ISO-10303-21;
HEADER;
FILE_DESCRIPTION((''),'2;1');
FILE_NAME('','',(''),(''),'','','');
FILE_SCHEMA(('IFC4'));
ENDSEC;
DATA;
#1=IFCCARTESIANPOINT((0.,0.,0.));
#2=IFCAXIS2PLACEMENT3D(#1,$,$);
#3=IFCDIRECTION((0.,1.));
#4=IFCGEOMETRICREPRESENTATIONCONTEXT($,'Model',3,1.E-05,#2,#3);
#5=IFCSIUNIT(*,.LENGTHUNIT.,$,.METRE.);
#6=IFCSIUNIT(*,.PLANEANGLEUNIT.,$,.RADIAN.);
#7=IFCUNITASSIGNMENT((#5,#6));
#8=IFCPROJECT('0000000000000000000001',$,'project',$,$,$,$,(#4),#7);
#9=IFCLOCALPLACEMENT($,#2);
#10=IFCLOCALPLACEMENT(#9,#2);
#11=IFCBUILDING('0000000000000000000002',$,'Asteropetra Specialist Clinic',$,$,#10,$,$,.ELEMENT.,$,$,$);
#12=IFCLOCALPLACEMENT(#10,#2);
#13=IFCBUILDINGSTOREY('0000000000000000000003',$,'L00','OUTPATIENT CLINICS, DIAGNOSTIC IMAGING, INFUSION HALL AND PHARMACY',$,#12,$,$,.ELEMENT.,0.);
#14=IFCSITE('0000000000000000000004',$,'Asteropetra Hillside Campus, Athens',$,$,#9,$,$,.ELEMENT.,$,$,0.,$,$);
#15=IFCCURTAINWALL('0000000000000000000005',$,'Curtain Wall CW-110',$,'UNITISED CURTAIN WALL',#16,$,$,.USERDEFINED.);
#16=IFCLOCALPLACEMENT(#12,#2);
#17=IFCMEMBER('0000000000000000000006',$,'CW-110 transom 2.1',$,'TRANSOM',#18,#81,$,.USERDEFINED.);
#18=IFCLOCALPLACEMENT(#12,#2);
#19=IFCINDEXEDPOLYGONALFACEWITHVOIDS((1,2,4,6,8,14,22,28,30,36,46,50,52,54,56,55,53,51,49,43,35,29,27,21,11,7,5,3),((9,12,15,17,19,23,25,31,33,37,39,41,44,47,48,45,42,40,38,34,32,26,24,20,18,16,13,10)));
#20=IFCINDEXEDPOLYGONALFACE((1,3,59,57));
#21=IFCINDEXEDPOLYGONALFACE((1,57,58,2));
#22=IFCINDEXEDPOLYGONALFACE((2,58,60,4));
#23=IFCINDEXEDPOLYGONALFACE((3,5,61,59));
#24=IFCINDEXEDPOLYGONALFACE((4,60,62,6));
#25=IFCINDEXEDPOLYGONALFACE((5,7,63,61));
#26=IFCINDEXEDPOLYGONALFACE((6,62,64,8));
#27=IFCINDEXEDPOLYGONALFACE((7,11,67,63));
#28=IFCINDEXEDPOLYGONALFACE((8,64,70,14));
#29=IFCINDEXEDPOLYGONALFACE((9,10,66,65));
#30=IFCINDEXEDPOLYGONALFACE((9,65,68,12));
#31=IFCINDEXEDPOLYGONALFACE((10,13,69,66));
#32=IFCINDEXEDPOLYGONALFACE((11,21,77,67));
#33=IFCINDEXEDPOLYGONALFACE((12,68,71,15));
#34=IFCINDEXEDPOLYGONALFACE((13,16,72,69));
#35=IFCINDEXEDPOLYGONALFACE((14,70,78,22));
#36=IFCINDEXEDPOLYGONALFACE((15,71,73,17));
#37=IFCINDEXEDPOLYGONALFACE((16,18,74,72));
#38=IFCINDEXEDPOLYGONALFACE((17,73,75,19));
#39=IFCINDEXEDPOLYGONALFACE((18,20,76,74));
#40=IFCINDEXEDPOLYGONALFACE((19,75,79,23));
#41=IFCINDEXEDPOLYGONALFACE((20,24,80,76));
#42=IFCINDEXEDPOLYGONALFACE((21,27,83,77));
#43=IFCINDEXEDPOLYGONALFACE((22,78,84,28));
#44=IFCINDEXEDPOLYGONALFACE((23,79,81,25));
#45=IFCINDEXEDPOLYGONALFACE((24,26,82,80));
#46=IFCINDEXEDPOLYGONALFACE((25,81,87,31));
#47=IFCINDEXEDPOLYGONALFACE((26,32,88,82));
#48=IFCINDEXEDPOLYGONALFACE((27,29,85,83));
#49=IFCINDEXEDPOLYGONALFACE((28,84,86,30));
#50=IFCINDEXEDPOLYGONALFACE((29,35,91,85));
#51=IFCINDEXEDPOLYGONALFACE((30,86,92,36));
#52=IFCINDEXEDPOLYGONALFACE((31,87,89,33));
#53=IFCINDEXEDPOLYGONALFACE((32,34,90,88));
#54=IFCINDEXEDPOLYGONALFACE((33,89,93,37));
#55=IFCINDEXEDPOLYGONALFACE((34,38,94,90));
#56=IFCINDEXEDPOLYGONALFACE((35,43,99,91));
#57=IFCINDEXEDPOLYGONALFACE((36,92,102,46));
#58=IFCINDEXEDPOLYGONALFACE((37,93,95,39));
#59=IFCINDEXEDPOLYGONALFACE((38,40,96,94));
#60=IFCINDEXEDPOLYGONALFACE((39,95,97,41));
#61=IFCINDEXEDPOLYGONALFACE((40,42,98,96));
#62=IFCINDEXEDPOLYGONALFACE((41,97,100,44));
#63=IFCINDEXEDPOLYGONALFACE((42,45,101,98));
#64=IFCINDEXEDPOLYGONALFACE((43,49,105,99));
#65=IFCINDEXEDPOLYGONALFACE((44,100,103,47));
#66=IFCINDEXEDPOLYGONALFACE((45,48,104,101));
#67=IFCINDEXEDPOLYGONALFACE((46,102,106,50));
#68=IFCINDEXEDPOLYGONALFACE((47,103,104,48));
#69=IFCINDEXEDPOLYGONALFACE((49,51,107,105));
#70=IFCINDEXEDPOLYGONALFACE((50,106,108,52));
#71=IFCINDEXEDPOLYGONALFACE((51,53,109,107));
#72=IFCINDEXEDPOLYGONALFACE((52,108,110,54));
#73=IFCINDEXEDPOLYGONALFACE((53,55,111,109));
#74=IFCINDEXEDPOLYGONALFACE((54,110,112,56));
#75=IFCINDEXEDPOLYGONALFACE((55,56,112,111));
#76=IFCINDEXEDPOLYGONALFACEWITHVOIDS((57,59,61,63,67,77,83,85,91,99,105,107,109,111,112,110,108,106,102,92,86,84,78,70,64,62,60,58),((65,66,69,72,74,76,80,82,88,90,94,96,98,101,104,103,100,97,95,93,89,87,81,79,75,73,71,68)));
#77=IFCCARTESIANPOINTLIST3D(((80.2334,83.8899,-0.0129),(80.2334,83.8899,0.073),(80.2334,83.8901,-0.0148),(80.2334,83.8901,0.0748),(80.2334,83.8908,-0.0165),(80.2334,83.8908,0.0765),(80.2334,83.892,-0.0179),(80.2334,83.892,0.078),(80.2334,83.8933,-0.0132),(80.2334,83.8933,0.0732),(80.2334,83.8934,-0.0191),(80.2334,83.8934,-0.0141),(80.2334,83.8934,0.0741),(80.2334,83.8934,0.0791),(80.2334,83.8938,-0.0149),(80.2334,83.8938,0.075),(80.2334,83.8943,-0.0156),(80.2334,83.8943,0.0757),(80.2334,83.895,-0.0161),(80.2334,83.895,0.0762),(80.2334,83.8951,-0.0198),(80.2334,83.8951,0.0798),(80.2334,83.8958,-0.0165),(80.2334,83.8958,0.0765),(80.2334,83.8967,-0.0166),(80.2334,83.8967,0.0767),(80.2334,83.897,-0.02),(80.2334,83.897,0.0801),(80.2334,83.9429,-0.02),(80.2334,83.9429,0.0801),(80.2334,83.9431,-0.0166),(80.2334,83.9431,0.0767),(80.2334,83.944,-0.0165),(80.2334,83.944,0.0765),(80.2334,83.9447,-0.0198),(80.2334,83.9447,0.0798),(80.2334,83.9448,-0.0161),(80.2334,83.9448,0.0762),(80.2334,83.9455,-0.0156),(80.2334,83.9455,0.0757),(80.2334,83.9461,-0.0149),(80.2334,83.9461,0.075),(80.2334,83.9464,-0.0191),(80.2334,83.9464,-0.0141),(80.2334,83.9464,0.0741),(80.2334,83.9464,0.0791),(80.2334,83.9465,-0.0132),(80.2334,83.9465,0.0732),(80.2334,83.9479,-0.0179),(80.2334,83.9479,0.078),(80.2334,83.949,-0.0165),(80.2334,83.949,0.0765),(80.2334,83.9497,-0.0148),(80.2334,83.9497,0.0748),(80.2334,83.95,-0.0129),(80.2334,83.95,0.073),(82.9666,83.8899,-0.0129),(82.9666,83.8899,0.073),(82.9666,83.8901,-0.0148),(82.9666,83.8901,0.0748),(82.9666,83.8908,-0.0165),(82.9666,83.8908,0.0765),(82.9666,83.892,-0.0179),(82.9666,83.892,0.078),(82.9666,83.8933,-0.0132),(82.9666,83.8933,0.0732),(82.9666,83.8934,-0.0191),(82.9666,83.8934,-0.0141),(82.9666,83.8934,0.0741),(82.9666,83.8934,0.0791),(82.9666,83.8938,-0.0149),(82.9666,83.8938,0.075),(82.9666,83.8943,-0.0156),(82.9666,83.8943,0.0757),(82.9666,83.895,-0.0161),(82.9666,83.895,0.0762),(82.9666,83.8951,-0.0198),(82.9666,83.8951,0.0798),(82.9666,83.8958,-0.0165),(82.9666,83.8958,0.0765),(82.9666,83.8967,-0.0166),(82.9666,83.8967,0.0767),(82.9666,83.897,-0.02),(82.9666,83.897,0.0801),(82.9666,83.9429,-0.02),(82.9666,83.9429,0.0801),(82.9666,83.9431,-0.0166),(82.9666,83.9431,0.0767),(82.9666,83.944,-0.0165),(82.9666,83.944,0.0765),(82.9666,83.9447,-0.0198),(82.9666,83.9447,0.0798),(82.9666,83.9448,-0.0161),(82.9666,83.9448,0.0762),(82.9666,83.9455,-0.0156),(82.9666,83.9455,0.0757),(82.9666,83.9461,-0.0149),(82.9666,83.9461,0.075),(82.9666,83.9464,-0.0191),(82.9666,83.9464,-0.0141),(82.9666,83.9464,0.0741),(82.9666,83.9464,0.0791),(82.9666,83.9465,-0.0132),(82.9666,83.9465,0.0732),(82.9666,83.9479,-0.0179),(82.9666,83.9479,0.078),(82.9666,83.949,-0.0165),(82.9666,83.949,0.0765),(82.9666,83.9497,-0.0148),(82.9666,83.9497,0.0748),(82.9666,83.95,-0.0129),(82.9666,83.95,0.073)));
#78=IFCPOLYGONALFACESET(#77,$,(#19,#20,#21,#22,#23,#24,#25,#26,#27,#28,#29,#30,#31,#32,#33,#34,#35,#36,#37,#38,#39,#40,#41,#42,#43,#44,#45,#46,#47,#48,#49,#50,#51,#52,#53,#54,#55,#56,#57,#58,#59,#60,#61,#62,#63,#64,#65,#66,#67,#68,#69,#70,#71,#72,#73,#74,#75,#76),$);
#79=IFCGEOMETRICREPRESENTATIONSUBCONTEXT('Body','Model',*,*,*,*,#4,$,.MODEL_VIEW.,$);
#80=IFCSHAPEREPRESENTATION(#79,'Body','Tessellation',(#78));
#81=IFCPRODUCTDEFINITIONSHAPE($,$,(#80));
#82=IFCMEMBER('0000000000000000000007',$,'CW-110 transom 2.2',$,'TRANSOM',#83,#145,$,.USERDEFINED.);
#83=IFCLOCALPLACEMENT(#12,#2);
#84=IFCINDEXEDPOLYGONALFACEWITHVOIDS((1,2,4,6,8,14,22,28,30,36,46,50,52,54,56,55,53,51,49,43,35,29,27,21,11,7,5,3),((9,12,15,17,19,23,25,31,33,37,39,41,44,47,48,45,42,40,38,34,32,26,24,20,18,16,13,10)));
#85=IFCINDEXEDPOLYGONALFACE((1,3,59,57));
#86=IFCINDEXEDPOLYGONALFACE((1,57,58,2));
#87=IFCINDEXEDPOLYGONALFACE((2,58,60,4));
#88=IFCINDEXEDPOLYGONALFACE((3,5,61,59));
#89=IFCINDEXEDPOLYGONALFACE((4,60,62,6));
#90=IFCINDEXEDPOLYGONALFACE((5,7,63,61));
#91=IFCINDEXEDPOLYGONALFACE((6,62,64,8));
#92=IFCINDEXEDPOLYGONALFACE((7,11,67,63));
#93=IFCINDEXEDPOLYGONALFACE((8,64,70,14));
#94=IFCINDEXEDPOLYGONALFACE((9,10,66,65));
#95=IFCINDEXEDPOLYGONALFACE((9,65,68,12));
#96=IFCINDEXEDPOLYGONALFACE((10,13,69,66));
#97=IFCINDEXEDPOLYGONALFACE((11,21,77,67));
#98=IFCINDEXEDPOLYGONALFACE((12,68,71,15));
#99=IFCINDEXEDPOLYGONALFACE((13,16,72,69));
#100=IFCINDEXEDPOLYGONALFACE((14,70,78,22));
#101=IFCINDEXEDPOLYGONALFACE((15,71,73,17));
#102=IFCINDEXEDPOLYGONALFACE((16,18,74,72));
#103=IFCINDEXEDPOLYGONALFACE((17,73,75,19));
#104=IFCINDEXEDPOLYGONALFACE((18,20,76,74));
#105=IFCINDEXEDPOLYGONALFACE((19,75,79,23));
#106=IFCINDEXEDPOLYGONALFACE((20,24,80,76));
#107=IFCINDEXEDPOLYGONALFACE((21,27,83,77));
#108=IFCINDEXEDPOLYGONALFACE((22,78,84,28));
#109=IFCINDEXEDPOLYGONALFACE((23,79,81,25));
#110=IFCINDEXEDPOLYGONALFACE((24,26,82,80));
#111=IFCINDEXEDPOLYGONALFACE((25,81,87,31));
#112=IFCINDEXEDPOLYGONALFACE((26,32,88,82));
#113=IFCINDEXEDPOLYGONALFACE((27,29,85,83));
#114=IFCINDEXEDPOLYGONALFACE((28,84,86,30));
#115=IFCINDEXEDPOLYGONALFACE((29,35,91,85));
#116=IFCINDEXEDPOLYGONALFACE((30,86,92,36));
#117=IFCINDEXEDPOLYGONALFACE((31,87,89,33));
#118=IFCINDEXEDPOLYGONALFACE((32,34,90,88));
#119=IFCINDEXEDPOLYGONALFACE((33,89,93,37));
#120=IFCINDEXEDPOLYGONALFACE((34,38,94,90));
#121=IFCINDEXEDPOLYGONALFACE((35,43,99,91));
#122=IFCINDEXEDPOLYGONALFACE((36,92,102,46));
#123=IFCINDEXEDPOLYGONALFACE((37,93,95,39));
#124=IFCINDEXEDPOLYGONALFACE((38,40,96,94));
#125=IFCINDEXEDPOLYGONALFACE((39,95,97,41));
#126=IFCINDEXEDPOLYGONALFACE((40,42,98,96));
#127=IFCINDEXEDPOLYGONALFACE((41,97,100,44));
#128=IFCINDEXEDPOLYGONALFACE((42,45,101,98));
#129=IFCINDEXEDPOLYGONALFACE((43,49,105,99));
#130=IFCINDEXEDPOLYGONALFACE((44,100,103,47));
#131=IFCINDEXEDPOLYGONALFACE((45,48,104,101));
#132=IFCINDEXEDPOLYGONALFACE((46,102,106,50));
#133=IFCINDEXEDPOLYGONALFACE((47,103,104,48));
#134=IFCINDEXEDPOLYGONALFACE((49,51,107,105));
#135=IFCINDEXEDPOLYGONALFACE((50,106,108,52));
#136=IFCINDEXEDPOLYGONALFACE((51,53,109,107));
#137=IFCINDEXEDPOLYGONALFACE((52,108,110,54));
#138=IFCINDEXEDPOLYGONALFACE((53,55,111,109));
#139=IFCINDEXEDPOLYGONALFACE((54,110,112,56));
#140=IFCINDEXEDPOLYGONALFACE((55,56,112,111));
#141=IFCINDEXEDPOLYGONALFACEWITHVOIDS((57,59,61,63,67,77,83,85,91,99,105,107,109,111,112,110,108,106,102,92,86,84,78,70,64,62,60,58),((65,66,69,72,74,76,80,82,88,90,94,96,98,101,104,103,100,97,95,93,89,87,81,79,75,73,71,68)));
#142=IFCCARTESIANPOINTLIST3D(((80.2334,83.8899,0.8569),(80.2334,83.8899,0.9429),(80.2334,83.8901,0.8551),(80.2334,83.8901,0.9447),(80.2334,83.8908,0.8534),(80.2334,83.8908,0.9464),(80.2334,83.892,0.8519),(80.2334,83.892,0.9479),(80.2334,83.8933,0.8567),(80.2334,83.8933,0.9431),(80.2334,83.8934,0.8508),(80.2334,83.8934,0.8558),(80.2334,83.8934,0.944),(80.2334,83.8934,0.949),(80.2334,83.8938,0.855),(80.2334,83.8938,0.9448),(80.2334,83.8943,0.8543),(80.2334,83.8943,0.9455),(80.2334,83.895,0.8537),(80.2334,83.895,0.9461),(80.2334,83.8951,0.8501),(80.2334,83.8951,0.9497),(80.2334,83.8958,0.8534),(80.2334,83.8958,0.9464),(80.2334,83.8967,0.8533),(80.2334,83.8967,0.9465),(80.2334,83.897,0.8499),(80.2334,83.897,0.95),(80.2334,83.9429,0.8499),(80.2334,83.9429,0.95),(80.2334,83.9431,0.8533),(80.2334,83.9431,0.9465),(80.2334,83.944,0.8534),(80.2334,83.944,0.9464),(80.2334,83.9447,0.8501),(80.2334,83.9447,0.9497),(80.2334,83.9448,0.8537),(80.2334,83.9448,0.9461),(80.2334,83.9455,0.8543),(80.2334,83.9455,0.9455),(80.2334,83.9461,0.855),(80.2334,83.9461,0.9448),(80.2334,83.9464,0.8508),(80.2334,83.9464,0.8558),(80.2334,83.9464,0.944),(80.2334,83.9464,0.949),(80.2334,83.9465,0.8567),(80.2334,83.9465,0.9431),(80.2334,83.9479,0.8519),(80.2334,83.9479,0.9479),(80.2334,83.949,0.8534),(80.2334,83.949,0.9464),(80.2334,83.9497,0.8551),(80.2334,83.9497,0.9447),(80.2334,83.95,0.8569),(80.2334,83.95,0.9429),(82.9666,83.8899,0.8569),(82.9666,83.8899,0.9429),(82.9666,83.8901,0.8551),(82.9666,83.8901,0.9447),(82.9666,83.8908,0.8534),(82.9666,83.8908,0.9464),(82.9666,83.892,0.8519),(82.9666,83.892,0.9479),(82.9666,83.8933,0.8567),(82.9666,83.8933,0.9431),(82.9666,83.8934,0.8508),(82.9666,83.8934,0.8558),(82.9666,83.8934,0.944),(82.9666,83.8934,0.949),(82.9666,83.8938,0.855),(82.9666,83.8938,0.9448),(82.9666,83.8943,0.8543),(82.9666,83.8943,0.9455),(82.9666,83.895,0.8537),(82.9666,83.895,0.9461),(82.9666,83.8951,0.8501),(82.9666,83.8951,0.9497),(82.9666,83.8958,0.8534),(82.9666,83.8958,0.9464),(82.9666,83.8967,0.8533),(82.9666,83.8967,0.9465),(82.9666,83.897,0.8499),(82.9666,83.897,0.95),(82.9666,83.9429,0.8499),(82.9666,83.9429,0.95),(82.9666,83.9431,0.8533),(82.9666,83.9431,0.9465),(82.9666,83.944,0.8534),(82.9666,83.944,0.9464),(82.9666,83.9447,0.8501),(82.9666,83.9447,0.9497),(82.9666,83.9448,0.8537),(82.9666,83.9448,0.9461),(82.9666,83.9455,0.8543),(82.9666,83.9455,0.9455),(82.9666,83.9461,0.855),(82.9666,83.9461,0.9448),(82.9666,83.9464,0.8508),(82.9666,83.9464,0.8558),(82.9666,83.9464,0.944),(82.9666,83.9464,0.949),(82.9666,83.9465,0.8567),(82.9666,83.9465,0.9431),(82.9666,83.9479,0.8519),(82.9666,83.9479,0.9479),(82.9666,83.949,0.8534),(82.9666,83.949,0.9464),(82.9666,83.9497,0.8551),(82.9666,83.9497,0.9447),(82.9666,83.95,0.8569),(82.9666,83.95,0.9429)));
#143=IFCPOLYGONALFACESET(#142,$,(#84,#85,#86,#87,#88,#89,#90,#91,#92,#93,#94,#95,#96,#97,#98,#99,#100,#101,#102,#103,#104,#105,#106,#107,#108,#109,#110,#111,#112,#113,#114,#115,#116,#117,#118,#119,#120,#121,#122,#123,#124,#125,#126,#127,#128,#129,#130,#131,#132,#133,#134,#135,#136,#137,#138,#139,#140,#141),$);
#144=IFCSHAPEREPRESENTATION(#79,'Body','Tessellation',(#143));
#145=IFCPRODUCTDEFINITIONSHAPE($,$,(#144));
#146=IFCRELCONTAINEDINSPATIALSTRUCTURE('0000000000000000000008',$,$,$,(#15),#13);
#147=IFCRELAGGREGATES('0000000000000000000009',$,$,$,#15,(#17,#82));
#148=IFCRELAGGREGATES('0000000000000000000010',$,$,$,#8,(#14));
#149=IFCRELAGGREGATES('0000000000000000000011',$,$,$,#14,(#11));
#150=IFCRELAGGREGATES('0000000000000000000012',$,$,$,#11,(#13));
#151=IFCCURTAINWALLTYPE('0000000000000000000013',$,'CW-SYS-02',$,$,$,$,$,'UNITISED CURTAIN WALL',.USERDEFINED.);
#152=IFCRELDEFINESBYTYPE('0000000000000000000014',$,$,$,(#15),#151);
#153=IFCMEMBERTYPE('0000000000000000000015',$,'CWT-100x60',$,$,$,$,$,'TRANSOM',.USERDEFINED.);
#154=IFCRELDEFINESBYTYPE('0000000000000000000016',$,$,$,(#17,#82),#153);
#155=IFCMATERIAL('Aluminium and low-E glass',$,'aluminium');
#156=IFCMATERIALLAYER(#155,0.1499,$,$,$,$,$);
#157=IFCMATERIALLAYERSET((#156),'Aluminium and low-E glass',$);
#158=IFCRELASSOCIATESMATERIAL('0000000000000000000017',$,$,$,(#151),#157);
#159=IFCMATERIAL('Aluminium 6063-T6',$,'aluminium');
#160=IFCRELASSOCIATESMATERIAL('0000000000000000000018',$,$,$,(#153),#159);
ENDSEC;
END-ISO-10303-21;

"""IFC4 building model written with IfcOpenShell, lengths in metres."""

from ifc_helpers import new_model, si_unit, direction, frame, origin, origin_2d, place, context, subcontext, project, spatial, hollow_rectangle, extrude, material, layer, layer_set, material_profile, profile_set, type_object, element, aggregate, save


model = new_model("IFC4")

# Units and contexts
model_context = context("Model", 3, precision=1e-05, world=origin(), true_north=direction((0.0, 1.0)))
body_context = subcontext(model_context, "Body", "Model", "MODEL_VIEW")
ifc_project = project(units=[si_unit("LENGTHUNIT", "METRE"), si_unit("PLANEANGLEUNIT", "RADIAN")], contexts=[model_context])

# Site, building, storey
site_placement = place(None, origin())
site = spatial("IfcSite", under=ifc_project, at=site_placement, Name="Asteropetra Hillside Campus, Athens", CompositionType="ELEMENT", RefElevation=0.0)
building_placement = place(site_placement, origin())
building = spatial("IfcBuilding", under=site, at=building_placement, Name="Asteropetra Specialist Clinic", CompositionType="ELEMENT")
storey_placement = place(building_placement, origin())
storey = spatial("IfcBuildingStorey", under=building, at=storey_placement, Name="L00", Description="OUTPATIENT CLINICS, DIAGNOSTIC IMAGING, INFUSION HALL AND PHARMACY", CompositionType="ELEMENT", Elevation=0.0)

# Curtain wall
ifc_material_1 = material(Name="Aluminium and low-E glass", Category="aluminium")
ifc_layer_1 = layer(ifc_material_1, 0.1499)
ifc_layer_set_1 = layer_set([ifc_layer_1], Name="Aluminium and low-E glass")
curtain_wall_type_1 = type_object("IfcCurtainWallType", Name="CW-SYS-02", ElementType="UNITISED CURTAIN WALL", PredefinedType="USERDEFINED", material=ifc_layer_set_1)
curtain_wall_1_placement = place(storey_placement, origin())
curtain_wall_1 = element("IfcCurtainWall", 1, at=curtain_wall_1_placement, inside=storey, type_object=curtain_wall_type_1, Name="Curtain Wall CW-110", ObjectType="UNITISED CURTAIN WALL", PredefinedType="USERDEFINED")

# Members
ifc_material_2 = material(Name="Aluminium 6063-T6", Category="aluminium")
ifc_material_profile_1 = material_profile(ifc_material_2, hollow_rectangle(XDim=0.0601, YDim=0.1001, WallThickness=0.0034, InnerFilletRadius=0.0034, OuterFilletRadius=0.0071, at=origin_2d()), Name="TRN 100x60x3.5")
ifc_profile_set_1 = profile_set([ifc_material_profile_1], Name="Aluminium 6063-T6")
member_type_1 = type_object("IfcMemberType", Name="CWT-100x60", ElementType="TRANSOM", PredefinedType="USERDEFINED", material=ifc_profile_set_1)
member_1_placement = place(storey_placement, frame((82.9666, 83.9199, 0.03), z_axis=(-1.0, 0.0, 0.0), x_axis=(0.0, -1.0, 0.0)))
member_1 = element("IfcMember", 2, at=member_1_placement, type_object=member_type_1, Name="CW-110 transom 2.1", ObjectType="TRANSOM", PredefinedType="USERDEFINED", context=body_context, shape_type="SweptSolid", body=[
    extrude(hollow_rectangle(XDim=0.0601, YDim=0.1001, WallThickness=0.0034, InnerFilletRadius=0.0034, OuterFilletRadius=0.0071, at=origin_2d()), origin(), (0.0, 0.0, 1.0), 2.7332),
])
member_2_placement = place(storey_placement, frame((82.9666, 83.9199, 0.8999), z_axis=(-1.0, 0.0, 0.0), x_axis=(0.0, -1.0, 0.0)))
member_2 = element("IfcMember", 3, at=member_2_placement, type_object=member_type_1, Name="CW-110 transom 2.2", ObjectType="TRANSOM", PredefinedType="USERDEFINED", context=body_context, shape_type="SweptSolid", body=[
    extrude(hollow_rectangle(XDim=0.0601, YDim=0.1001, WallThickness=0.0034, InnerFilletRadius=0.0034, OuterFilletRadius=0.0071, at=origin_2d()), origin(), (0.0, 0.0, 1.0), 2.7332),
])

aggregate(curtain_wall_1, [member_1, member_2])

save(model, "model.ifc")
